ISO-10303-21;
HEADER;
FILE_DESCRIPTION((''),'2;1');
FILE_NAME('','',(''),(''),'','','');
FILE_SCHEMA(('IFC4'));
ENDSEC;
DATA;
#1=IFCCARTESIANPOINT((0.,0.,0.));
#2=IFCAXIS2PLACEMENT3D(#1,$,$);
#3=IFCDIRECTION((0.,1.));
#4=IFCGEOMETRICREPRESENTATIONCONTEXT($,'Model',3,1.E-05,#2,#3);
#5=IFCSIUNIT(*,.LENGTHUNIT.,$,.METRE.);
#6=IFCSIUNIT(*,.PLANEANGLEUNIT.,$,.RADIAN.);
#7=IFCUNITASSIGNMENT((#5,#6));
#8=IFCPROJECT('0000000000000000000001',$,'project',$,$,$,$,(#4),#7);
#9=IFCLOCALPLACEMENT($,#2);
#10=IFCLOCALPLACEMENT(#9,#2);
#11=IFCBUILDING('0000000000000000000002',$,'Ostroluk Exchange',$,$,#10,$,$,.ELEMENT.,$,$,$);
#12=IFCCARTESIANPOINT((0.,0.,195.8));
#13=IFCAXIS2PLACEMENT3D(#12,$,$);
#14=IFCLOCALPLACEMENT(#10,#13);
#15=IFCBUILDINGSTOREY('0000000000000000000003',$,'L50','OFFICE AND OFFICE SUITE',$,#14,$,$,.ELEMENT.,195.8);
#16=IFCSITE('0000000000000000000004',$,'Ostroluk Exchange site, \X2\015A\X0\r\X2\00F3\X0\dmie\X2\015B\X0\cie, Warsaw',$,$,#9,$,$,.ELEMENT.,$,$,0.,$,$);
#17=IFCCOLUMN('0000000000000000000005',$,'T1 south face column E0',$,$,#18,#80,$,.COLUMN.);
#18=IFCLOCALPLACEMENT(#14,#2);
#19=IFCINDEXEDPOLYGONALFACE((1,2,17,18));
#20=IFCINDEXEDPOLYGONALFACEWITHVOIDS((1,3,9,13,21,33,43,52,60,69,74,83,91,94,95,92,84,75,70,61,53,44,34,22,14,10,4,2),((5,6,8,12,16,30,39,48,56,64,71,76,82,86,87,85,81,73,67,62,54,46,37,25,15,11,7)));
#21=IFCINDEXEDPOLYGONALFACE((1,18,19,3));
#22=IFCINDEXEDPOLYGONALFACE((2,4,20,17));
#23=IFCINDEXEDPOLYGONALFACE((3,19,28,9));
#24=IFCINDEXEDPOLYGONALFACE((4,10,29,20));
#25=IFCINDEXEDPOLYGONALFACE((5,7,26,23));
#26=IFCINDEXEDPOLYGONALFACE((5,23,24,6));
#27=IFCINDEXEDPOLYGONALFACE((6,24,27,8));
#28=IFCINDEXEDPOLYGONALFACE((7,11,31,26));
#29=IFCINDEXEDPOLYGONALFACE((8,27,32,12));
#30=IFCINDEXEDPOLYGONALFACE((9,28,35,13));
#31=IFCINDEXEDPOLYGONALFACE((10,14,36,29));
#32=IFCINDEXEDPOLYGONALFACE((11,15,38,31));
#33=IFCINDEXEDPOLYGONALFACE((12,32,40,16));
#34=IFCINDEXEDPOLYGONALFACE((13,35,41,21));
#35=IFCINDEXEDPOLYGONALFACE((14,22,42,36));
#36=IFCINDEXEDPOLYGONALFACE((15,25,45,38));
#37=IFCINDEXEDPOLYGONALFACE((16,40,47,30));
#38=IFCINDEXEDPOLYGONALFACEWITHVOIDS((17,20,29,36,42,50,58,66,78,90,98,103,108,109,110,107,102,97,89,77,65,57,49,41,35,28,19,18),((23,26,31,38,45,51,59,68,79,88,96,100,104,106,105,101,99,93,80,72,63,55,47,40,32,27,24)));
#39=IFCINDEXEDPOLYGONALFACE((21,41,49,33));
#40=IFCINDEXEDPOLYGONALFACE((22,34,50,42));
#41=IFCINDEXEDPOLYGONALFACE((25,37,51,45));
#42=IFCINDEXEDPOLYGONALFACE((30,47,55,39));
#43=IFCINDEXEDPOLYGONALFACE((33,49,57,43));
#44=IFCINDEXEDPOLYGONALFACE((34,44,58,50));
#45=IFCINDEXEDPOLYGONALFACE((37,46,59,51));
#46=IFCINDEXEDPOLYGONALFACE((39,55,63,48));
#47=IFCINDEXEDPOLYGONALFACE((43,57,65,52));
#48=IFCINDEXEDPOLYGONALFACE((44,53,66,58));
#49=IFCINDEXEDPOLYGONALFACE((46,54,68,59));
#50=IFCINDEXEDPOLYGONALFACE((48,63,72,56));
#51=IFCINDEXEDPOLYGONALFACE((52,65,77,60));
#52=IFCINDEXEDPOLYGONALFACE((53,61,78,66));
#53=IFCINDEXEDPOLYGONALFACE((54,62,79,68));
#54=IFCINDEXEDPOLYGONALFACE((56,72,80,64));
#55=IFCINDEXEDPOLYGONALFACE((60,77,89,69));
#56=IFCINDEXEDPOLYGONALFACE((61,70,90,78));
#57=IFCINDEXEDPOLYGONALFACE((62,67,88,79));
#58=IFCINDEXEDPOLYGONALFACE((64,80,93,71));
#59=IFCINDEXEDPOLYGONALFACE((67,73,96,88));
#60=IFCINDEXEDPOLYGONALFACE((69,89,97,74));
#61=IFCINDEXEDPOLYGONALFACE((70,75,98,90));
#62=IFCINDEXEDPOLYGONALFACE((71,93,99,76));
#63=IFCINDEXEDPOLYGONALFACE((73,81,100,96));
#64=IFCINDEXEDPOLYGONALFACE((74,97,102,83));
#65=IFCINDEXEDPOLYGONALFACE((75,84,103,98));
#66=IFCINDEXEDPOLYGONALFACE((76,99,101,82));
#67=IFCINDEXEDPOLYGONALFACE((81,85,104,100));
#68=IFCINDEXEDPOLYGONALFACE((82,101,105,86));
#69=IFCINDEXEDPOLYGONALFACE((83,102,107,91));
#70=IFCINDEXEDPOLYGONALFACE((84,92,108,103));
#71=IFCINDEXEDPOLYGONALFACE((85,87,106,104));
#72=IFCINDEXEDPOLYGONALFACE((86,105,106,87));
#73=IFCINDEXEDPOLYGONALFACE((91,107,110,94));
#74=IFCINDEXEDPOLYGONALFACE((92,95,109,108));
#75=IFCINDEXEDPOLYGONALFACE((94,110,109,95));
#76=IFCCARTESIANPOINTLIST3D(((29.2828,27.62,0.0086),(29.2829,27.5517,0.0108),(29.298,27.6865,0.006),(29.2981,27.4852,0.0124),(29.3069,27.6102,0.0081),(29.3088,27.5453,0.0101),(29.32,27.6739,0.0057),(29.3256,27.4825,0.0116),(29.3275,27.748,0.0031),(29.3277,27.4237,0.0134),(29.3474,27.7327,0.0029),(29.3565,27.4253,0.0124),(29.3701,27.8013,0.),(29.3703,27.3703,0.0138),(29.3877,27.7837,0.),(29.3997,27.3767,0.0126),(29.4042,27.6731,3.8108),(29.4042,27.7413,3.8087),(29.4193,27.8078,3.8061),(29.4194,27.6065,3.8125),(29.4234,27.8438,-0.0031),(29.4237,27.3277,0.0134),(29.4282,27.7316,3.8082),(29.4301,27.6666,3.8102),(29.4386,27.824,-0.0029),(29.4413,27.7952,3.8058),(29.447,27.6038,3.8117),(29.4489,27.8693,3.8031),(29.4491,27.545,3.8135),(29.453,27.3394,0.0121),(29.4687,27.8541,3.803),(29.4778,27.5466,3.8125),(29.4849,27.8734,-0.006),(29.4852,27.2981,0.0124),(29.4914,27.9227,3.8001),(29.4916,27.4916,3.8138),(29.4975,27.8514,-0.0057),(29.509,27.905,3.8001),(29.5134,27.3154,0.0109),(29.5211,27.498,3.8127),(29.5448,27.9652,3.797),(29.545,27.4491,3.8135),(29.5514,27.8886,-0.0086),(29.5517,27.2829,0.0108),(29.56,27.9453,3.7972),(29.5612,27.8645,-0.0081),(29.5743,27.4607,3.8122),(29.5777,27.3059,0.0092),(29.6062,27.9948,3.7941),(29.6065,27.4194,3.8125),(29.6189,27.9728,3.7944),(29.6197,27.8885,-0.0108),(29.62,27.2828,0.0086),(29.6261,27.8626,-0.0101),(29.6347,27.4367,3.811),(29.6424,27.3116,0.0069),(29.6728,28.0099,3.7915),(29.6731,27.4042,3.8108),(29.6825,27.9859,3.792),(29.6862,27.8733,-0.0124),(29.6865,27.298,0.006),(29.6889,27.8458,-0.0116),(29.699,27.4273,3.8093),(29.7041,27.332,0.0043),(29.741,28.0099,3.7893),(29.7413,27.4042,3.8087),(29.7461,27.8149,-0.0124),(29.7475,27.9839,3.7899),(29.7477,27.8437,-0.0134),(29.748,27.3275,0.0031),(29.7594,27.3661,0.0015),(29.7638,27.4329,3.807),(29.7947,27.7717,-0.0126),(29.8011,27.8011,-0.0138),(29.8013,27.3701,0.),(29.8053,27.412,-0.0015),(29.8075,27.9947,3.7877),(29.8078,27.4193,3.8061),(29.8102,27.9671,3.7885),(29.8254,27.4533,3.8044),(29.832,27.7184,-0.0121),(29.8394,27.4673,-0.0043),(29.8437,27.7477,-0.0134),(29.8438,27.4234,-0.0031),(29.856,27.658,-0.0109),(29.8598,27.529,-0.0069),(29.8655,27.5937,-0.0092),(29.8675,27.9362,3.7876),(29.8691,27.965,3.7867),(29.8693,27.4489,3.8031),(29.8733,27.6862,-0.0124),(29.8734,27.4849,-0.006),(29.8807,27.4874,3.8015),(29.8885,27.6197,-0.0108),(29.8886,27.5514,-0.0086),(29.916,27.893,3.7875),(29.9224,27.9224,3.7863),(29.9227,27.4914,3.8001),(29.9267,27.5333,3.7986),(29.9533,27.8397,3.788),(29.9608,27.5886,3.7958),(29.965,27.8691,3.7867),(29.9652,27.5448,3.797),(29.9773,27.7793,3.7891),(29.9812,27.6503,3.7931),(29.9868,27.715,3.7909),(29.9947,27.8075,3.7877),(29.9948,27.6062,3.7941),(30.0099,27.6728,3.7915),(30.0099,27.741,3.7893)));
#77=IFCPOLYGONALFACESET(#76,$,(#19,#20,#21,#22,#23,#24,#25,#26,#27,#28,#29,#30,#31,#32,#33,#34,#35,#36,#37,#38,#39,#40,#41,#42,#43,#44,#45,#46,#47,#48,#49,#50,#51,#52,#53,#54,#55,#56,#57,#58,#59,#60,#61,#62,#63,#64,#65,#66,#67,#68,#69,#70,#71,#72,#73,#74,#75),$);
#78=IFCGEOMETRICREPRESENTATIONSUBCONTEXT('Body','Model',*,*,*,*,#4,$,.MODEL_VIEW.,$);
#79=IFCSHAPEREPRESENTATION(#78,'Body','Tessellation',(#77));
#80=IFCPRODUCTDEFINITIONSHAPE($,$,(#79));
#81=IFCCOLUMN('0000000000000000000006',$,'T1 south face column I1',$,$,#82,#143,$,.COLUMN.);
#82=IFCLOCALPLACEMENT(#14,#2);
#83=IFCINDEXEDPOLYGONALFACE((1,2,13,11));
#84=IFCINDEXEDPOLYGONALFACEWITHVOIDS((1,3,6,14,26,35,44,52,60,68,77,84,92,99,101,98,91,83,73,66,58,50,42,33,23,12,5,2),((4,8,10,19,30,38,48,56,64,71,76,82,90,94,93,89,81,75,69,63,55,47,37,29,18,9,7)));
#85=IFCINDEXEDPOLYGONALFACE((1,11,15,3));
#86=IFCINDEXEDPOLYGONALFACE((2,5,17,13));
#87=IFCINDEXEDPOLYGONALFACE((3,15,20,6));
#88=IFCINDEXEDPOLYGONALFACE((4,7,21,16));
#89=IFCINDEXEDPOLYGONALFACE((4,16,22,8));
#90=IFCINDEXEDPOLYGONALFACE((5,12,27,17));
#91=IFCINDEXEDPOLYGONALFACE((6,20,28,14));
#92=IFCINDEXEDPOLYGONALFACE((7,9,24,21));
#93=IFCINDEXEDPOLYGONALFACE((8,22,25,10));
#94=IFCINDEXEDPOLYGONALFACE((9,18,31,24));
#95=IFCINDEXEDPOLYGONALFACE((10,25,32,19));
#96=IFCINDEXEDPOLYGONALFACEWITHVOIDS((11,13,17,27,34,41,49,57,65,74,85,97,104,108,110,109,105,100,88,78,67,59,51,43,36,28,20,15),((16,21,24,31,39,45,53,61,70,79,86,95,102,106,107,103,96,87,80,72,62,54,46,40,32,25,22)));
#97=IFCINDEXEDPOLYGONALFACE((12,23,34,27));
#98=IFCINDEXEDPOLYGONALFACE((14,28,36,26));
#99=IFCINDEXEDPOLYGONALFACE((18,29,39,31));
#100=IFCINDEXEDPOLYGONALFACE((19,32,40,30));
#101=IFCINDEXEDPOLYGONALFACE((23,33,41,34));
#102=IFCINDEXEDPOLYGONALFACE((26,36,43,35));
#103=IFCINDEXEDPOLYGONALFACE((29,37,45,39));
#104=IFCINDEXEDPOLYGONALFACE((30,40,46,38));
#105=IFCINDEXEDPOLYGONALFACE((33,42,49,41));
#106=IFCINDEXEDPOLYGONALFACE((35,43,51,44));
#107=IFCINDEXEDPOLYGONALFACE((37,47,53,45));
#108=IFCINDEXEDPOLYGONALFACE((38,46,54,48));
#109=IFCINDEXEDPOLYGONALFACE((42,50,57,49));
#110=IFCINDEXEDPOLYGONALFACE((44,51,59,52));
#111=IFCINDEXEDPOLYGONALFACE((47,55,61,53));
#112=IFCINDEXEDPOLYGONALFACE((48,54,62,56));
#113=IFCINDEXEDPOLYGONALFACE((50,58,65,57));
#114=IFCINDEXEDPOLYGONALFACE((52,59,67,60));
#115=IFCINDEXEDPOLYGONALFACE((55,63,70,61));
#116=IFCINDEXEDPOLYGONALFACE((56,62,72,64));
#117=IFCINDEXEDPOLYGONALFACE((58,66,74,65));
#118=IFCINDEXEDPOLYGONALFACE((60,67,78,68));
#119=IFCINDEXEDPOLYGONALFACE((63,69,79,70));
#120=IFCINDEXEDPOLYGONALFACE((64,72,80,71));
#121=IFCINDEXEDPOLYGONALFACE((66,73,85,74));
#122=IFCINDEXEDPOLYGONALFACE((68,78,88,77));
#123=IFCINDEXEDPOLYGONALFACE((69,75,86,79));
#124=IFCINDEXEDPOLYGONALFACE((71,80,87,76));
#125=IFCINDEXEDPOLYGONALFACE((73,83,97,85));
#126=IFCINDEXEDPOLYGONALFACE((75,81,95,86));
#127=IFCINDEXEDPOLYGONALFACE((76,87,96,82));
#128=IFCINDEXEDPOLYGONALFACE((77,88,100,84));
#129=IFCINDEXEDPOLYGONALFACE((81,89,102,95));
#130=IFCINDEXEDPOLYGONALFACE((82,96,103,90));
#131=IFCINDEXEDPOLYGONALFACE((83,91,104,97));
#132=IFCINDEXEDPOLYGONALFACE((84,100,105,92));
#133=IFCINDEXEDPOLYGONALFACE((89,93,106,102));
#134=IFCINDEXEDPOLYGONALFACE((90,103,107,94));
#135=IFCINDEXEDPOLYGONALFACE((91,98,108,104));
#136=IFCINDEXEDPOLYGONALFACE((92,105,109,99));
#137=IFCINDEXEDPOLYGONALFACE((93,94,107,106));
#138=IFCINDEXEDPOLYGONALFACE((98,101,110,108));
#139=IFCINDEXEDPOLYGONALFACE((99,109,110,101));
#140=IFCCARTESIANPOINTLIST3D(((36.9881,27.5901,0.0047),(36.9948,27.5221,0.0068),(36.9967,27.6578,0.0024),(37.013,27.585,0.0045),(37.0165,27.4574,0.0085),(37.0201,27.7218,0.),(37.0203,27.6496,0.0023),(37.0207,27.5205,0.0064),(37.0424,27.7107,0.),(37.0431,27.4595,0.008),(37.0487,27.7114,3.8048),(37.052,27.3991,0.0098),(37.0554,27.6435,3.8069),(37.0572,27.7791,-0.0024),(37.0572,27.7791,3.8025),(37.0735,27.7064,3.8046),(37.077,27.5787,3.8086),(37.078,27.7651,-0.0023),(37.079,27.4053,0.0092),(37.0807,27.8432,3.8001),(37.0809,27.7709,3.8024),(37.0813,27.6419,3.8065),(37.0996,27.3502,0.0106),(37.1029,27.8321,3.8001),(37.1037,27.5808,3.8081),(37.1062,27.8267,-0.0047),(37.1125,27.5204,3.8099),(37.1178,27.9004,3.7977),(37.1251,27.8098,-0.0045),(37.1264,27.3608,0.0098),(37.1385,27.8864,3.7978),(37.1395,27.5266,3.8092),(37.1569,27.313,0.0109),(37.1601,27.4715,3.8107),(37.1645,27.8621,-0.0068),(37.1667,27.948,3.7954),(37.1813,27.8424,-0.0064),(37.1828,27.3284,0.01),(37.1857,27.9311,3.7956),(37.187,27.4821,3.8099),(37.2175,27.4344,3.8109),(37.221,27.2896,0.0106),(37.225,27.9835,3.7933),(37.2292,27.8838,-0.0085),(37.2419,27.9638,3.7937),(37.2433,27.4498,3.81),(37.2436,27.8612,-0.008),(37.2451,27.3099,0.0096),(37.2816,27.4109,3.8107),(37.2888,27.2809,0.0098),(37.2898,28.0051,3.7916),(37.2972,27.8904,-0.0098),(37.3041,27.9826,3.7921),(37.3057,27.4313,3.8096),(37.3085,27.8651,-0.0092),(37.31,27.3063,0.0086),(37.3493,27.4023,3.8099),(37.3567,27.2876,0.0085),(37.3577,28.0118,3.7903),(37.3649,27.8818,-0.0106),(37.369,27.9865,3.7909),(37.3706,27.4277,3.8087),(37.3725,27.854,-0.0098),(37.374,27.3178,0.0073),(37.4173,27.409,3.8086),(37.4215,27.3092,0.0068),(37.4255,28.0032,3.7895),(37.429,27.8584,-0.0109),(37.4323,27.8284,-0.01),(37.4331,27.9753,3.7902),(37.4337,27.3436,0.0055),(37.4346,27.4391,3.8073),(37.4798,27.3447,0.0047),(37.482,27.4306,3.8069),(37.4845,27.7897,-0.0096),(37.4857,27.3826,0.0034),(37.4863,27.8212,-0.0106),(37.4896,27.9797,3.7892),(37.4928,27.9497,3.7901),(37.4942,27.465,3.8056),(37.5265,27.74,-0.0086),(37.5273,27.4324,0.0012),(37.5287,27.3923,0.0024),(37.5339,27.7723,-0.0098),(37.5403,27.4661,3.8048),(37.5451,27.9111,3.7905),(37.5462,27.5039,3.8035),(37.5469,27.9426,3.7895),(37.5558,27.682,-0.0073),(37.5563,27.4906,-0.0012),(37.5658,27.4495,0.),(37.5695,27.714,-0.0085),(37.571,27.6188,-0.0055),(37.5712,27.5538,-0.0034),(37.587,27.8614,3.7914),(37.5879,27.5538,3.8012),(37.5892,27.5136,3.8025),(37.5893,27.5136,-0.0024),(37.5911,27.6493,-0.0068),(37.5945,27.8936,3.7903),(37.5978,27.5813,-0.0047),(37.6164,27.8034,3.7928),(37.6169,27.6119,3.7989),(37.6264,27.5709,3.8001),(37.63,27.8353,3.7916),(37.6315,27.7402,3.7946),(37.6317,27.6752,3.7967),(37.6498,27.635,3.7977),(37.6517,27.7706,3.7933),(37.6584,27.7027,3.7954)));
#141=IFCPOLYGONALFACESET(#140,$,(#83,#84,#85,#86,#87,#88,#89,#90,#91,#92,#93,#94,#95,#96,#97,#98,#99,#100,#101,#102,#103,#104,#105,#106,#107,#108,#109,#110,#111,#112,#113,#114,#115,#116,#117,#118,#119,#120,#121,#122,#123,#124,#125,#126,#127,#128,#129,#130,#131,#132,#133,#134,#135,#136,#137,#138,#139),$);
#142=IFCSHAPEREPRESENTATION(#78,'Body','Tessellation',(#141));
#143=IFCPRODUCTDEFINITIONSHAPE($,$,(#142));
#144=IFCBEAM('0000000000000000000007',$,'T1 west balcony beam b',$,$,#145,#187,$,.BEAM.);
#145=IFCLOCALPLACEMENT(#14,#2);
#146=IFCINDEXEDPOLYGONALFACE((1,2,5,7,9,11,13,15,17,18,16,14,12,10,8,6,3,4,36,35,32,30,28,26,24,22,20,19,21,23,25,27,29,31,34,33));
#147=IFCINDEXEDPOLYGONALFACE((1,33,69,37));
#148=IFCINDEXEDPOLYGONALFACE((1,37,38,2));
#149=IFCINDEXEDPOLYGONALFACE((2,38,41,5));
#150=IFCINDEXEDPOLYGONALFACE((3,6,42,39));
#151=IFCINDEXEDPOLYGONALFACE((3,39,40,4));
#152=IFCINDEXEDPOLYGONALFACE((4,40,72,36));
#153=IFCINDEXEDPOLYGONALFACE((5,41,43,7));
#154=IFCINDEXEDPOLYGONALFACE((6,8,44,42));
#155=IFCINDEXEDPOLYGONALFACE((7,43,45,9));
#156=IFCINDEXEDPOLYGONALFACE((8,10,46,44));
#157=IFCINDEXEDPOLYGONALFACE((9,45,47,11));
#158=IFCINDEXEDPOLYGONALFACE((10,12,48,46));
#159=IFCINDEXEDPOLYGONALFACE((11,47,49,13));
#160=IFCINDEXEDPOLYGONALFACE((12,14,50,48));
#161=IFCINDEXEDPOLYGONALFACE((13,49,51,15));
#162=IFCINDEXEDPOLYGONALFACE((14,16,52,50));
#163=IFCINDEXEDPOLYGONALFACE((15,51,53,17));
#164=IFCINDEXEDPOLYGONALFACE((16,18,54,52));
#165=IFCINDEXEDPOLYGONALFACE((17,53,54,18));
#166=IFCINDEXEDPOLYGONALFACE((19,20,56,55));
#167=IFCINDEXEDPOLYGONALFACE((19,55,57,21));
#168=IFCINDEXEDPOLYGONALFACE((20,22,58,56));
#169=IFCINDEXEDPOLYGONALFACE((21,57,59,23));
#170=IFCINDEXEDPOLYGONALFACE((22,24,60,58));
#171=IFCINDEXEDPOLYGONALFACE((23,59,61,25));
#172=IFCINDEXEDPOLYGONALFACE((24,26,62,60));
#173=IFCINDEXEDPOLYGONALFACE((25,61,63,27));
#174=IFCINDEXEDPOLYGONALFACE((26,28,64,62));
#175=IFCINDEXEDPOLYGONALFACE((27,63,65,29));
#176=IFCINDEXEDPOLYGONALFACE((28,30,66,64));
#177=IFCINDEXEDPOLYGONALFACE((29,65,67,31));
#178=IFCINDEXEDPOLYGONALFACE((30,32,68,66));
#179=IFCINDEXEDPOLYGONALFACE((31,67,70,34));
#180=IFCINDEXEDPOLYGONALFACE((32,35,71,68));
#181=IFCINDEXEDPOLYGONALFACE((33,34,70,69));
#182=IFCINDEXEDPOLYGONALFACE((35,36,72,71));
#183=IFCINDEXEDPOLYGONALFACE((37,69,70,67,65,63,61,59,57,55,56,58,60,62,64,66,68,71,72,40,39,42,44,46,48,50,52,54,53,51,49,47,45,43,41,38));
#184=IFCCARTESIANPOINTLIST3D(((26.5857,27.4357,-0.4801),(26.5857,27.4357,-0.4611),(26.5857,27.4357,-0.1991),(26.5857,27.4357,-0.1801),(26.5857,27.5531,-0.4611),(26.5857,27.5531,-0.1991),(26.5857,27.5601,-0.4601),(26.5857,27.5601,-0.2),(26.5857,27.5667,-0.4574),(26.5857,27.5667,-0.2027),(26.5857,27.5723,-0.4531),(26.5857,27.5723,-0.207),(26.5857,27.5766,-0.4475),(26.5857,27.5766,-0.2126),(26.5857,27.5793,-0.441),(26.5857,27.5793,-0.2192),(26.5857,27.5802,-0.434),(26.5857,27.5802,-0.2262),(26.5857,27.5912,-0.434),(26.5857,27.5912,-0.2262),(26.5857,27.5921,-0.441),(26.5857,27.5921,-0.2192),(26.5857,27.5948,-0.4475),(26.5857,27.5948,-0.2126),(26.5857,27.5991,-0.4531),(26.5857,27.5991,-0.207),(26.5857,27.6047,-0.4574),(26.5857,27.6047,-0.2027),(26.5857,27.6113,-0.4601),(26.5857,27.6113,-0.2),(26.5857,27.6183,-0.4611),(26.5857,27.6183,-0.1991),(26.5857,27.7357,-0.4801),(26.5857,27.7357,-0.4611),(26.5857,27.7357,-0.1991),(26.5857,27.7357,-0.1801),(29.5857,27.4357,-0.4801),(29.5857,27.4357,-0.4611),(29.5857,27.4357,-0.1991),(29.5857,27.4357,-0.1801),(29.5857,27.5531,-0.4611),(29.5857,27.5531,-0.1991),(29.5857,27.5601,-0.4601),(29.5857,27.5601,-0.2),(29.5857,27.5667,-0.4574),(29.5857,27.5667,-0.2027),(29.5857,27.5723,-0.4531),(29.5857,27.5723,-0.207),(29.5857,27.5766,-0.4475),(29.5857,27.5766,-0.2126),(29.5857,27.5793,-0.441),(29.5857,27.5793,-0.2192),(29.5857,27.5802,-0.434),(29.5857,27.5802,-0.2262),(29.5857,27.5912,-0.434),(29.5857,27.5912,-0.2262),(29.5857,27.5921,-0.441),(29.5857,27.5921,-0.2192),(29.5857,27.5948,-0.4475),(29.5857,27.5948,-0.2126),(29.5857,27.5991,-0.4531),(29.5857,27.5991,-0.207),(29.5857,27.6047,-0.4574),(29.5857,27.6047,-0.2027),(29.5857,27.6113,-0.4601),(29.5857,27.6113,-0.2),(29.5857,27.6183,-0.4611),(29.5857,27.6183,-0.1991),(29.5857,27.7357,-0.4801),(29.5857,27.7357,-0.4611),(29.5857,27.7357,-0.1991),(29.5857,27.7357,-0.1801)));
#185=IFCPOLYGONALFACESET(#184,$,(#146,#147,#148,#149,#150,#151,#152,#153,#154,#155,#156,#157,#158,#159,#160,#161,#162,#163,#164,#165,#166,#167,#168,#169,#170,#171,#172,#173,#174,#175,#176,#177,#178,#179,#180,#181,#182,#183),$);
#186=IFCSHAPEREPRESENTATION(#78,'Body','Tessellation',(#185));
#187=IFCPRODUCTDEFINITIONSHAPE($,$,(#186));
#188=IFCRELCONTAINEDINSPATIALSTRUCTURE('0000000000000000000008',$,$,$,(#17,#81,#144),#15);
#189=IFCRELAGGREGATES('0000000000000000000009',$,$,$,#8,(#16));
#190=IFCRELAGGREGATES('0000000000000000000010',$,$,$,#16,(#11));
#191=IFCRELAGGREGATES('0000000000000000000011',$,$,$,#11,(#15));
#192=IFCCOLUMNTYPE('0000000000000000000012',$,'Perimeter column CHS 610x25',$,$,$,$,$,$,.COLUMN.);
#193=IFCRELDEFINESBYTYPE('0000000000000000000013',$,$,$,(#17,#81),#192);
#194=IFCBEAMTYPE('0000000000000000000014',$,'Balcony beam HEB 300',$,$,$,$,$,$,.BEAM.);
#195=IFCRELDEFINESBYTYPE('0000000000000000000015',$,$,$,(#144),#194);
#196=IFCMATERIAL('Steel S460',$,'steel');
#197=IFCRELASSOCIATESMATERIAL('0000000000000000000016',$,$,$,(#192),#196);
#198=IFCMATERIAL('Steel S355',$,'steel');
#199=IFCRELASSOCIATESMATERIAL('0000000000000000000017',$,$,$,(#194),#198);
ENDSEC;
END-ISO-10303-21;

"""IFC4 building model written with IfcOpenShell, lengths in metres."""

from ifc_helpers import new_model, si_unit, direction, frame, origin, origin_2d, place, context, subcontext, project, spatial, hollow_circle, i_section, extrude, material, material_profile, profile_set, type_object, element, save


model = new_model("IFC4")

# Units and contexts
model_context = context("Model", 3, precision=1e-05, world=origin(), true_north=direction((0.0, 1.0)))
body_context = subcontext(model_context, "Body", "Model", "MODEL_VIEW")
ifc_project = project(units=[si_unit("LENGTHUNIT", "METRE"), si_unit("PLANEANGLEUNIT", "RADIAN")], contexts=[model_context])

# Site, building, storey
site_placement = place(None, origin())
site = spatial("IfcSite", under=ifc_project, at=site_placement, Name="Ostroluk Exchange site, Śródmieście, Warsaw", CompositionType="ELEMENT", RefElevation=0.0)
building_placement = place(site_placement, origin())
building = spatial("IfcBuilding", under=site, at=building_placement, Name="Ostroluk Exchange", CompositionType="ELEMENT")
storey_placement = place(building_placement, frame((0.0, 0.0, 195.8)))
storey = spatial("IfcBuildingStorey", under=building, at=storey_placement, Name="L50", Description="OFFICE AND OFFICE SUITE", CompositionType="ELEMENT", Elevation=195.8)

# Columns
ifc_material_1 = material(Name="Steel S460", Category="steel")
ifc_material_profile_1 = material_profile(ifc_material_1, hollow_circle(Radius=0.3049, WallThickness=0.0249, at=origin_2d()), Name="CHS 610x25")
ifc_profile_set_1 = profile_set([ifc_material_profile_1], Name="Steel S460")
column_type = type_object("IfcColumnType", Name="Perimeter column CHS 610x25", PredefinedType="COLUMN", material=ifc_profile_set_1)
column_1_placement = place(storey_placement, frame((29.5857, 27.5857, 0.0), z_axis=(0.031898, 0.031898, 0.998982), x_axis=(-0.707107, 0.707107, 0.0)))
element("IfcColumn", 1, at=column_1_placement, inside=storey, type_object=column_type, Name="T1 south face column E0", PredefinedType="COLUMN", context=body_context, shape_type="SweptSolid", body=[
    extrude(hollow_circle(Radius=0.3049, WallThickness=0.0249, at=origin_2d()), origin(), (0.0, 0.0, 1.0), 3.804),
])
column_2_placement = place(storey_placement, frame((37.293, 27.5857, 0.0), z_axis=(0.015923, 0.03191, 0.999364), x_axis=(-0.894787, 0.446493, 0.0)))
element("IfcColumn", 2, at=column_2_placement, inside=storey, type_object=column_type, Name="T1 south face column I1", PredefinedType="COLUMN", context=body_context, shape_type="SweptSolid", body=[
    extrude(hollow_circle(Radius=0.3049, WallThickness=0.0249, at=origin_2d()), origin(), (0.0, 0.0, 1.0), 3.8025),
])

# Beam
ifc_material_2 = material(Name="Steel S355", Category="steel")
ifc_material_profile_2 = material_profile(ifc_material_2, i_section(OverallWidth=0.3, OverallDepth=0.3, WebThickness=0.011, FlangeThickness=0.019, FilletRadius=0.0271, at=origin_2d()), Name="HEB 300")
ifc_profile_set_2 = profile_set([ifc_material_profile_2], Name="Steel S355")
beam_type_1 = type_object("IfcBeamType", Name="Balcony beam HEB 300", PredefinedType="BEAM", material=ifc_profile_set_2)
beam_1_placement = place(storey_placement, frame((29.5857, 27.5857, -0.3301), z_axis=(-1.0, 0.0, 0.0), x_axis=(0.0, -1.0, 0.0)))
element("IfcBeam", 3, at=beam_1_placement, inside=storey, type_object=beam_type_1, Name="T1 west balcony beam b", PredefinedType="BEAM", context=body_context, shape_type="SweptSolid", body=[
    extrude(i_section(OverallWidth=0.3, OverallDepth=0.3, WebThickness=0.011, FlangeThickness=0.019, FilletRadius=0.0271, at=origin_2d()), origin(), (0.0, 0.0, 1.0), 3.0),
])

save(model, "model.ifc")
